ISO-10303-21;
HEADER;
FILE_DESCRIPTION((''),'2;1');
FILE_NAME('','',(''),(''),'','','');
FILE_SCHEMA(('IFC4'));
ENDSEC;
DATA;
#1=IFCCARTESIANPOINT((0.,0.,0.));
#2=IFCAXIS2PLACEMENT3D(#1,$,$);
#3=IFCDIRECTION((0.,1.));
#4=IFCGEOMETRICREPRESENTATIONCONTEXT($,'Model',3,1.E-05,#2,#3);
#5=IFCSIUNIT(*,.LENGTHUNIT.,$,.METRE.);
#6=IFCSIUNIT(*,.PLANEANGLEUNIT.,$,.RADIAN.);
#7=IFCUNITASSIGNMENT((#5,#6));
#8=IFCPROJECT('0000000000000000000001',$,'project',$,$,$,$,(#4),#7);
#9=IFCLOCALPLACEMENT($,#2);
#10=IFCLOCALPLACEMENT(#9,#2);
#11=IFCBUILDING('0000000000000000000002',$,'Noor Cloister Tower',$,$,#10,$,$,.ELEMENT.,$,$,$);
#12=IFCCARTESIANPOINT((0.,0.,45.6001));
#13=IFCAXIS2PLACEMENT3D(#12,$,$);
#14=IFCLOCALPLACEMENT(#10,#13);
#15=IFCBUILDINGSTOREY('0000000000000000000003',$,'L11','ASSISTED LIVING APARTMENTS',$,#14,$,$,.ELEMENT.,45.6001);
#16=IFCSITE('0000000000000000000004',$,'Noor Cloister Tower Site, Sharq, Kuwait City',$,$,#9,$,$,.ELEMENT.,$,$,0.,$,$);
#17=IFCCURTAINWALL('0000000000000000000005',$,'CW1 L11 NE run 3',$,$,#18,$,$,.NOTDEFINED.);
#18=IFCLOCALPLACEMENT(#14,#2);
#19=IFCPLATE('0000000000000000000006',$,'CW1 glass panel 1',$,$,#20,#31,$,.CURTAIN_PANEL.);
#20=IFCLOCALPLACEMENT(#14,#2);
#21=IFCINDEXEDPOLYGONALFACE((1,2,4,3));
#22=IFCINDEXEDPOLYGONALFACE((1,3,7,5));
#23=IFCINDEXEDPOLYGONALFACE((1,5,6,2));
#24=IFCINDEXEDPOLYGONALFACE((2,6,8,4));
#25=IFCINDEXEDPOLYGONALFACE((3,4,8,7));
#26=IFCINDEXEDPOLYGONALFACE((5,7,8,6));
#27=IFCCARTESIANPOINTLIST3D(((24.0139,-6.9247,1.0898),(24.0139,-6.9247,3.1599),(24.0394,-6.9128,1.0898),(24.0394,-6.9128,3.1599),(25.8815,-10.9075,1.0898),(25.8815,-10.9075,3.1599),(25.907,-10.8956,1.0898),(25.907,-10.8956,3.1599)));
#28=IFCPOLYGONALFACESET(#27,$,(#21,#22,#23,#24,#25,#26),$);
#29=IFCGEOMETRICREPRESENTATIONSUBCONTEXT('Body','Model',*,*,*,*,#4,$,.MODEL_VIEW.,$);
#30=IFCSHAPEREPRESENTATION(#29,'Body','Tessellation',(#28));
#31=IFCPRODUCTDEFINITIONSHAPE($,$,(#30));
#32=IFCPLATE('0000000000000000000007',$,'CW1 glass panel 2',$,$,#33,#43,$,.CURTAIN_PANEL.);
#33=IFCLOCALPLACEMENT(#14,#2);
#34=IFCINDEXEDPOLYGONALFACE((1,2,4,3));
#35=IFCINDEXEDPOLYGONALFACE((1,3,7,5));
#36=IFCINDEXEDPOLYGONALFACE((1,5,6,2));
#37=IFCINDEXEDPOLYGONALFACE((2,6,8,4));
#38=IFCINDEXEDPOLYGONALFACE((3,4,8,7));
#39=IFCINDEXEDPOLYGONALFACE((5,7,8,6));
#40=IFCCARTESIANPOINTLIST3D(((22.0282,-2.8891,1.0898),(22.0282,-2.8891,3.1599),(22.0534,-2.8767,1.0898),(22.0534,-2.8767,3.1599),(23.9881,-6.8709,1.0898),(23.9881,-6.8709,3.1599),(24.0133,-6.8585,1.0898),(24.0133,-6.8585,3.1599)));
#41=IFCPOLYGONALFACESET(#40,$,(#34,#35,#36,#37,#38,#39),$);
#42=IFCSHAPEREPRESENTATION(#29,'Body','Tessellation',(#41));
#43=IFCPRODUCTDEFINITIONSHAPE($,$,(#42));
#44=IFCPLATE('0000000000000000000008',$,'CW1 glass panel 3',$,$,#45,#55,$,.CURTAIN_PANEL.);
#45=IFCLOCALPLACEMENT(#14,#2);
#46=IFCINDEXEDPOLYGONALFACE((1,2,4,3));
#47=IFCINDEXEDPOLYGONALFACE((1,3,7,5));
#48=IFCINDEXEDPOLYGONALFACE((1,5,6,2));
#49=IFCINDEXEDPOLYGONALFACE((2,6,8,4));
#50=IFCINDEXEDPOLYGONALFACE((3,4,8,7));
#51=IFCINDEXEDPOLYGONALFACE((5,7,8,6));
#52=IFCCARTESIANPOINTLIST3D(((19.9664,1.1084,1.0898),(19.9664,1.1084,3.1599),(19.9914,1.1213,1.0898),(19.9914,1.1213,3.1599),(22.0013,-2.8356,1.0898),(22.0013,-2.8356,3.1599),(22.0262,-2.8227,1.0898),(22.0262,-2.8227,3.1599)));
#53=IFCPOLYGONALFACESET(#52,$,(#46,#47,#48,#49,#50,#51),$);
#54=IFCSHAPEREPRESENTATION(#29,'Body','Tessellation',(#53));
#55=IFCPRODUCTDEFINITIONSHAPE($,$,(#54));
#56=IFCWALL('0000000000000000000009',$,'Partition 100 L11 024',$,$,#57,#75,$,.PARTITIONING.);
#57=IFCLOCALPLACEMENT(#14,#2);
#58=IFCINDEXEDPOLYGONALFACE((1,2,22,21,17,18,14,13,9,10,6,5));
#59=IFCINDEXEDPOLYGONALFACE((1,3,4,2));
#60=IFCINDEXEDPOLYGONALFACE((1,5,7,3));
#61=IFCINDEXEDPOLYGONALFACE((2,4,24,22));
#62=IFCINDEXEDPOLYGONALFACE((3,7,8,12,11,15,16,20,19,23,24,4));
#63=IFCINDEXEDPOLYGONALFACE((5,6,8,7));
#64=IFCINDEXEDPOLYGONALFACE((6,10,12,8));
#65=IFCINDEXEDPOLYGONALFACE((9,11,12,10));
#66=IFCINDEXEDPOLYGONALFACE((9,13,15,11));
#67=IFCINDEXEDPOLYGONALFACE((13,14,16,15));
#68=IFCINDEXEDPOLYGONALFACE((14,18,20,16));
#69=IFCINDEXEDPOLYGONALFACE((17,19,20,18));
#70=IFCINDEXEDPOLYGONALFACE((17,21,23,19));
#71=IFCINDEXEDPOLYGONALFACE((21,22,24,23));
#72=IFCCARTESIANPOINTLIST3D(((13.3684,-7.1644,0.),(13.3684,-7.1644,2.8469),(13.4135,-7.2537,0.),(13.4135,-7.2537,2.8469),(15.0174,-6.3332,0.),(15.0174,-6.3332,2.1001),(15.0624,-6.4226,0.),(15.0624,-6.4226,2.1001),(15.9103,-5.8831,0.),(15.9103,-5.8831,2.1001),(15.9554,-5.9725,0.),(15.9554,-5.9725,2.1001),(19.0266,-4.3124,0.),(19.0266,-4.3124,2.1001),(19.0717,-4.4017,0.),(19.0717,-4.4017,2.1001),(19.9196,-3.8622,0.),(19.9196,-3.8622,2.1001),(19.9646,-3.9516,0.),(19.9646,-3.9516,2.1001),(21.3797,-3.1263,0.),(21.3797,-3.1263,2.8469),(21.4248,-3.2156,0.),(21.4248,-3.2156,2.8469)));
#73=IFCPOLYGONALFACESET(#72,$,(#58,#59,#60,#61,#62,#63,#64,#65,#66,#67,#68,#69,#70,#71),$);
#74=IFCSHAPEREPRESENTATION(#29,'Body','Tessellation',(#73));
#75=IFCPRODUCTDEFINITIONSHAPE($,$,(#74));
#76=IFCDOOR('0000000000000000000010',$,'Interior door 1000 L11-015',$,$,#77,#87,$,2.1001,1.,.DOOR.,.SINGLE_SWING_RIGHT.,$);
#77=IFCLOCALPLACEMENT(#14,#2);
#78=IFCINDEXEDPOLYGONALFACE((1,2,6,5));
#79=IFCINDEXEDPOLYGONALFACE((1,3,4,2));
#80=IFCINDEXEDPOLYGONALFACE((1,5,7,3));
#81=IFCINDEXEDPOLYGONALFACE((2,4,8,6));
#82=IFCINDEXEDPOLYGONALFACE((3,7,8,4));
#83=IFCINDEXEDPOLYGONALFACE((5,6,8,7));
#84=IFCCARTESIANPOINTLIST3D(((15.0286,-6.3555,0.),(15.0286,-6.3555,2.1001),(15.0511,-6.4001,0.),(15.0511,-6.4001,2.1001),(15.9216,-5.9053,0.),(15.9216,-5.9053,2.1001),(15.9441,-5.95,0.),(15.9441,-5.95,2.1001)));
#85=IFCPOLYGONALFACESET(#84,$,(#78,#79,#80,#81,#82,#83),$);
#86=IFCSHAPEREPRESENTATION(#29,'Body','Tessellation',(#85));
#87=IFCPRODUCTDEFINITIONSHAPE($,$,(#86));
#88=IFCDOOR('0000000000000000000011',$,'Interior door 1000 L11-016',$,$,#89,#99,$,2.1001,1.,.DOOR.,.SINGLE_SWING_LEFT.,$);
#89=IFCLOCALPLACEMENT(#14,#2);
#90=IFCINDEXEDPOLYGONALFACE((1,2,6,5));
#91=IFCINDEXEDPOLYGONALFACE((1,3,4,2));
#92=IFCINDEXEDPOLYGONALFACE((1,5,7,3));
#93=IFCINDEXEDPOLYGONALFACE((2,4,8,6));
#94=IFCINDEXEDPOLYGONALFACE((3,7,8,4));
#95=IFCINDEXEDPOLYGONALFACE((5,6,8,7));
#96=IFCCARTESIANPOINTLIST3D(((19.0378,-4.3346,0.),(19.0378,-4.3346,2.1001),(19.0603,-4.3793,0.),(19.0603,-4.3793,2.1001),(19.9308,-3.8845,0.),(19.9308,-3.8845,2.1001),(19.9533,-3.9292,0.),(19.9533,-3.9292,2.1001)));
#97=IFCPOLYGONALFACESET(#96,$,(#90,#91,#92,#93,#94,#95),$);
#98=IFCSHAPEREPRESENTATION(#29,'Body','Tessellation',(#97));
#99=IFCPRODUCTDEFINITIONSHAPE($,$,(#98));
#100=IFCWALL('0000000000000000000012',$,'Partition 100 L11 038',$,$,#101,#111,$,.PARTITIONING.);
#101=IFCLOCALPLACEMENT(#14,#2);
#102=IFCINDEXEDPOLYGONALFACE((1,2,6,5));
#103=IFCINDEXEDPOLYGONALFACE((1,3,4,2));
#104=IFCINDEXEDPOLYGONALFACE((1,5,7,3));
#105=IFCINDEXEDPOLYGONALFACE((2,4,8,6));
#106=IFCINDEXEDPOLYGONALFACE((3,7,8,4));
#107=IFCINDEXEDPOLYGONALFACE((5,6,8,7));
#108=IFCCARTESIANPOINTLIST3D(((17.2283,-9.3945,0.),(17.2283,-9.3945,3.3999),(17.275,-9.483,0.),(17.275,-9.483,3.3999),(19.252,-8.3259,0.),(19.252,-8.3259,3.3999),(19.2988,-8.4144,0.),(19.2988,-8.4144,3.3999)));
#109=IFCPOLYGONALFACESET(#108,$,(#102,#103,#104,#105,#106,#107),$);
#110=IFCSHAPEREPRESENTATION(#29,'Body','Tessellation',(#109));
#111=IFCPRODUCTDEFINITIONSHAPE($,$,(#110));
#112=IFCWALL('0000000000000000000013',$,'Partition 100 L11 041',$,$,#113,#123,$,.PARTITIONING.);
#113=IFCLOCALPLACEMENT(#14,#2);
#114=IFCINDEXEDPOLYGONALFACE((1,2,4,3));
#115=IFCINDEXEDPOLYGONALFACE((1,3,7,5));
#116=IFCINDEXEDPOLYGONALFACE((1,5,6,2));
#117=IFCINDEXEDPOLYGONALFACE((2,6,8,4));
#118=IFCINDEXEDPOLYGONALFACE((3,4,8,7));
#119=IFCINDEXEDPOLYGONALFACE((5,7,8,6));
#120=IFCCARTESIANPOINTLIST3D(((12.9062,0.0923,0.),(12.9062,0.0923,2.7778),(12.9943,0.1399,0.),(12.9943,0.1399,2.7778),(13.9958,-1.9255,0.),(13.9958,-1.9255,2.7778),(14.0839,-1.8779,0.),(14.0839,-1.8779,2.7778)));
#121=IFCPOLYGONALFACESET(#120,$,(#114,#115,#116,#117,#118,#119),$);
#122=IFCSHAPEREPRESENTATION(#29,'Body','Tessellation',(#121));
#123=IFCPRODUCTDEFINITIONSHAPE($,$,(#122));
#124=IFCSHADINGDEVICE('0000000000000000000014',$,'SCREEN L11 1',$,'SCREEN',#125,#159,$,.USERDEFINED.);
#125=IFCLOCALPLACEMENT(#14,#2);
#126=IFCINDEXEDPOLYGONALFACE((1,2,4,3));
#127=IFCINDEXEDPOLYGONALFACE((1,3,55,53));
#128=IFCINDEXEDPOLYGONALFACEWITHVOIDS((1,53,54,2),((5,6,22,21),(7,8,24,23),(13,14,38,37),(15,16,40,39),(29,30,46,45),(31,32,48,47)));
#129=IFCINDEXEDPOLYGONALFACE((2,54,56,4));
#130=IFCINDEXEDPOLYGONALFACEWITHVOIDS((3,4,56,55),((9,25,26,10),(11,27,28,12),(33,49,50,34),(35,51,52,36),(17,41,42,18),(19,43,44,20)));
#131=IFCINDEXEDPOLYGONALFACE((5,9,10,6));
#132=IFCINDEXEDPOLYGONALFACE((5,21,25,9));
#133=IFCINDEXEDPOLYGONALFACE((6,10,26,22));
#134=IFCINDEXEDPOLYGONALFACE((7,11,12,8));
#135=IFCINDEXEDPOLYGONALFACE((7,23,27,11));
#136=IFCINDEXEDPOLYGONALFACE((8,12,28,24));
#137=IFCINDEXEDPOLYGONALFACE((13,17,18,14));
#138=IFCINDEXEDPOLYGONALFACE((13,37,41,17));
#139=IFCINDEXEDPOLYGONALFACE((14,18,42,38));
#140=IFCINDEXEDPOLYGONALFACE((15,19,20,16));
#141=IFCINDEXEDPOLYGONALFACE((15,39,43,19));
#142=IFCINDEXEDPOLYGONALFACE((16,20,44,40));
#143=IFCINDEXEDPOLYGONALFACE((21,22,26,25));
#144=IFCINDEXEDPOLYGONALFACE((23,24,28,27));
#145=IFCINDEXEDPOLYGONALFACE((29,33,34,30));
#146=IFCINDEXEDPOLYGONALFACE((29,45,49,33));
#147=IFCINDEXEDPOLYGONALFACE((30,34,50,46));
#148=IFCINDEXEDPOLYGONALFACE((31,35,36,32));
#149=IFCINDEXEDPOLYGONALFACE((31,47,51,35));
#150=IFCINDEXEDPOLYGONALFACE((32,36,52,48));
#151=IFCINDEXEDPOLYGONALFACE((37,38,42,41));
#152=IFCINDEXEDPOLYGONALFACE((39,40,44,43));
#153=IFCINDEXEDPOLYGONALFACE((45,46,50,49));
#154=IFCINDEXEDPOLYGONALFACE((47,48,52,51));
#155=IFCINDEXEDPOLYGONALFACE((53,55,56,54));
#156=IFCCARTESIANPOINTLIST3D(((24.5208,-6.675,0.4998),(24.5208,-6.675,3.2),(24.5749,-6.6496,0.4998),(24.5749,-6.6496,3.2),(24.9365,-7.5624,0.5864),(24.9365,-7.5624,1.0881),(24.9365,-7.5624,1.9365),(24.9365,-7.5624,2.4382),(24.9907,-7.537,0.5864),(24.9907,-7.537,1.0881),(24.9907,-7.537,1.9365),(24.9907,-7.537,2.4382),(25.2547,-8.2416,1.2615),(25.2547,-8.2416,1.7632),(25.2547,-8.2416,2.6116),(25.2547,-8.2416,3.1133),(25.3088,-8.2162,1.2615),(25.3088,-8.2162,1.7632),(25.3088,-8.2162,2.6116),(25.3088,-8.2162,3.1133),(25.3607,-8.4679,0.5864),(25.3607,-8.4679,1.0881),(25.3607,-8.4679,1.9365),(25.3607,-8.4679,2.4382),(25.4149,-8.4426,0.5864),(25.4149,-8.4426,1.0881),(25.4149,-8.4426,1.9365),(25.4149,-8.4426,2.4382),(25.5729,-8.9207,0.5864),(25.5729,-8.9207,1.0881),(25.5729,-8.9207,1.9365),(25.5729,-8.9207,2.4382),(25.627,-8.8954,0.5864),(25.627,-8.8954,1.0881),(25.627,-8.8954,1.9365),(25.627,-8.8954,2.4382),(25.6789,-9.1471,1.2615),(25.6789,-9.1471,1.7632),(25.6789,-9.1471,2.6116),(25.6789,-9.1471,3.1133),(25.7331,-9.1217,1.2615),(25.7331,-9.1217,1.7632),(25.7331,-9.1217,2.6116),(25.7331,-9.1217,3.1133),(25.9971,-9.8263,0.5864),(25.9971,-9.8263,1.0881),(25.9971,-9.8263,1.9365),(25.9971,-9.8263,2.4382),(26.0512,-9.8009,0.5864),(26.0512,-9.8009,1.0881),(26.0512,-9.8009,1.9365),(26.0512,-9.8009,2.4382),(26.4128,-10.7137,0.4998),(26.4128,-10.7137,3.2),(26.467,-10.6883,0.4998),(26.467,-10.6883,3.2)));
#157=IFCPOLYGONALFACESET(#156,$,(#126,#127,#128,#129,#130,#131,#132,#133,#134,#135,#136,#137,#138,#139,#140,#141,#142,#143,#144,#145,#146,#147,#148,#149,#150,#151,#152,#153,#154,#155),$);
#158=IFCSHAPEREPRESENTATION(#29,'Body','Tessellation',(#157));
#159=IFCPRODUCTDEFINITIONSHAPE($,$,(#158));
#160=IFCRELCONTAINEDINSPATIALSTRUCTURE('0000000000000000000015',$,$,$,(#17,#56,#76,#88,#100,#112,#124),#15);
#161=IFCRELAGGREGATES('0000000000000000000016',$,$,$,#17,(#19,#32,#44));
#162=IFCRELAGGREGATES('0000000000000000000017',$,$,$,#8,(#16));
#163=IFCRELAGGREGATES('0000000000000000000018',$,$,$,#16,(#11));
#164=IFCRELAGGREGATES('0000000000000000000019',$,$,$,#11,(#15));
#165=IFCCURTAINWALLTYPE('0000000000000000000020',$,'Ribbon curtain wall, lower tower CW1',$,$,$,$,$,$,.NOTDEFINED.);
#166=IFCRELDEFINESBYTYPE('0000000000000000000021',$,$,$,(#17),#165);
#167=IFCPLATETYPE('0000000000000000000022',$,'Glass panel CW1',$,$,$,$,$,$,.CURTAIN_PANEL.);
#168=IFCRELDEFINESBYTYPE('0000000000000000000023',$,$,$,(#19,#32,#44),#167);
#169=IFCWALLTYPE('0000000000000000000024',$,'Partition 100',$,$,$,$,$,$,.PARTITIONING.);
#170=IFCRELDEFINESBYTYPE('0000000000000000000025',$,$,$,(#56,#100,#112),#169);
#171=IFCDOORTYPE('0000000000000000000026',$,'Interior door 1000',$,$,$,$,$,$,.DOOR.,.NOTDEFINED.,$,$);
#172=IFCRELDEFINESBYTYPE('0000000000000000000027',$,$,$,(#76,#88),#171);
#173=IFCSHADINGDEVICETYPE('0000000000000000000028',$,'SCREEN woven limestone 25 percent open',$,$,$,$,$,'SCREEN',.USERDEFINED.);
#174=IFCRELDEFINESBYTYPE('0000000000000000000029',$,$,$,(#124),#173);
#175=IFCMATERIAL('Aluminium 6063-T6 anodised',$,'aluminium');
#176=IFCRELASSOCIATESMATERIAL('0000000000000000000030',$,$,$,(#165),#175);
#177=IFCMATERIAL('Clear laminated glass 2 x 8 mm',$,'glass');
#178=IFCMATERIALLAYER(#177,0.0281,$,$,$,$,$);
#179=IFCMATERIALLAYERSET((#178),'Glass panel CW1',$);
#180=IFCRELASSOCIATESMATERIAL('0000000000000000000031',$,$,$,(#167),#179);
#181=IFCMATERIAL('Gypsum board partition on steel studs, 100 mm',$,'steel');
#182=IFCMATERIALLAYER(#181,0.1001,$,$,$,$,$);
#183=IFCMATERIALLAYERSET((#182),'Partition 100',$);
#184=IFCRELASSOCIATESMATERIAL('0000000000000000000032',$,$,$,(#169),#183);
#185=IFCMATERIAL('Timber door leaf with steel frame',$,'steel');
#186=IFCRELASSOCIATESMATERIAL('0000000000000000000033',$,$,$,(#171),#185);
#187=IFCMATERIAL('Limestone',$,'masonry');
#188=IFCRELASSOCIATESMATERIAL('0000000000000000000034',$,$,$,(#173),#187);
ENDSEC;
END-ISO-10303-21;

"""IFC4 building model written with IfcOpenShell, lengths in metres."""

from ifc_helpers import new_model, si_unit, direction, frame, frame_2d, origin, origin_2d, place, context, subcontext, project, spatial, polyline, rectangle, outline, extrude, material, layer, layer_set, material_profile, profile_set, type_object, element, fill, aggregate, save


model = new_model("IFC4")

# Units and contexts
model_context = context("Model", 3, precision=1e-05, world=origin(), true_north=direction((0.0, 1.0)))
body_context = subcontext(model_context, "Body", "Model", "MODEL_VIEW")
ifc_project = project(units=[si_unit("LENGTHUNIT", "METRE"), si_unit("PLANEANGLEUNIT", "RADIAN")], contexts=[model_context])

# Site, building, storey
site_placement = place(None, origin())
site = spatial("IfcSite", under=ifc_project, at=site_placement, Name="Noor Cloister Tower Site, Sharq, Kuwait City", CompositionType="ELEMENT", RefElevation=0.0)
building_placement = place(site_placement, origin())
building = spatial("IfcBuilding", under=site, at=building_placement, Name="Noor Cloister Tower", CompositionType="ELEMENT")
storey_placement = place(building_placement, frame((0.0, 0.0, 45.6001)))
storey = spatial("IfcBuildingStorey", under=building, at=storey_placement, Name="L11", Description="ASSISTED LIVING APARTMENTS", CompositionType="ELEMENT", Elevation=45.6001)

# Curtain wall
ifc_material_1 = material(Name="Aluminium 6063-T6 anodised", Category="aluminium")
curtain_wall_type = type_object("IfcCurtainWallType", Name="Ribbon curtain wall, lower tower CW1", PredefinedType="NOTDEFINED", material=ifc_material_1)
curtain_wall_placement = place(storey_placement, origin())
curtain_wall = element("IfcCurtainWall", 1, at=curtain_wall_placement, inside=storey, type_object=curtain_wall_type, Name="CW1 L11 NE run 3", PredefinedType="NOTDEFINED")

# Plates
ifc_material_2 = material(Name="Clear laminated glass 2 x 8 mm", Category="glass")
ifc_layer_1 = layer(ifc_material_2, 0.0281)
ifc_layer_set_1 = layer_set([ifc_layer_1], Name="Glass panel CW1")
plate_type = type_object("IfcPlateType", Name="Glass panel CW1", PredefinedType="CURTAIN_PANEL", material=ifc_layer_set_1)
plate_1_placement = place(storey_placement, frame((24.9604, -8.9102, 1.0898), z_axis=(0.0, 0.0, 1.0), x_axis=(-0.424561, 0.905399, 0.0)))
plate_1 = element("IfcPlate", 2, at=plate_1_placement, type_object=plate_type, Name="CW1 glass panel 1", PredefinedType="CURTAIN_PANEL", context=body_context, shape_type="SweptSolid", body=[
    extrude(rectangle(XDim=4.3989, YDim=0.0281, at=origin_2d()), origin(), (0.0, 0.0, 1.0), 2.0701),
])
plate_2_placement = place(storey_placement, frame((23.0208, -4.8738, 1.0898), z_axis=(0.0, 0.0, 1.0), x_axis=(-0.441611, 0.897207, 0.0)))
plate_2 = element("IfcPlate", 3, at=plate_2_placement, type_object=plate_type, Name="CW1 glass panel 2", PredefinedType="CURTAIN_PANEL", context=body_context, shape_type="SweptSolid", body=[
    extrude(rectangle(XDim=4.438, YDim=0.0281, at=origin_2d()), origin(), (0.0, 0.0, 1.0), 2.0701),
])
plate_3_placement = place(storey_placement, frame((20.9963, -0.8572, 1.0898), z_axis=(0.0, 0.0, 1.0), x_axis=(-0.458502, 0.888693, 0.0)))
plate_3 = element("IfcPlate", 4, at=plate_3_placement, type_object=plate_type, Name="CW1 glass panel 3", PredefinedType="CURTAIN_PANEL", context=body_context, shape_type="SweptSolid", body=[
    extrude(rectangle(XDim=4.438, YDim=0.0281, at=origin_2d()), origin(), (0.0, 0.0, 1.0), 2.0701),
])
aggregate(curtain_wall, [plate_1, plate_2, plate_3])

# Wall, openings, doors
ifc_material_3 = material(Name="Gypsum board partition on steel studs, 100 mm", Category="steel")
ifc_layer_2 = layer(ifc_material_3, 0.1001)
ifc_layer_set_2 = layer_set([ifc_layer_2], Name="Partition 100")
wall_type = type_object("IfcWallType", Name="Partition 100", PredefinedType="PARTITIONING", material=ifc_layer_set_2)
wall_1_placement = place(storey_placement, frame((21.4023, -3.1709, 0.0), z_axis=(0.0, 0.0, 1.0), x_axis=(-0.892975, -0.450107, 0.0)))
wall_1 = element("IfcWall", 5, at=wall_1_placement, inside=storey, type_object=wall_type, Name="Partition 100 L11 024", PredefinedType="PARTITIONING", context=body_context, shape_type="SweptSolid", body=[
    extrude(rectangle(XDim=8.9714, YDim=0.1001, at=frame_2d((4.4858, 0.0))), origin(), (0.0, 0.0, 1.0), 2.8469),
])
opening_1_placement = place(wall_1_placement, frame((6.125, 0.0, 0.0)))
opening_1 = element("IfcOpeningElement", 6, at=opening_1_placement, cuts=wall_1, PredefinedType="OPENING", context=body_context, shape_type="SweptSolid", body=[
    extrude(rectangle(XDim=1.0, YDim=2.1001, at=frame_2d((0.5, 1.05))), frame((0.0, 0.0601, 0.0), z_axis=(0.0, -1.0, 0.0), x_axis=(1.0, 0.0, 0.0)), (0.0, 0.0, 1.0), 0.1201),
])
opening_2_placement = place(wall_1_placement, frame((1.6353, 0.0, 0.0)))
opening_2 = element("IfcOpeningElement", 7, at=opening_2_placement, cuts=wall_1, PredefinedType="OPENING", context=body_context, shape_type="SweptSolid", body=[
    extrude(rectangle(XDim=1.0, YDim=2.1001, at=frame_2d((0.5, 1.05))), frame((0.0, 0.0601, 0.0), z_axis=(0.0, -1.0, 0.0), x_axis=(1.0, 0.0, 0.0)), (0.0, 0.0, 1.0), 0.1201),
])
ifc_material_4 = material(Name="Timber door leaf with steel frame", Category="steel")
door_type = type_object("IfcDoorType", Name="Interior door 1000", OperationType="NOTDEFINED", PredefinedType="DOOR", material=ifc_material_4)
door_1_placement = place(opening_1_placement, origin())
door_1 = element("IfcDoor", 8, at=door_1_placement, inside=storey, type_object=door_type, Name="Interior door 1000 L11-015", OperationType="SINGLE_SWING_RIGHT", OverallHeight=2.1001, OverallWidth=1.0, PredefinedType="DOOR", context=body_context, shape_type="SweptSolid", body=[
    extrude(rectangle(XDim=1.0, YDim=2.1001, at=frame_2d((0.5, 1.05))), frame((0.0, 0.0249, 0.0), z_axis=(0.0, -1.0, 0.0), x_axis=(1.0, 0.0, 0.0)), (0.0, 0.0, 1.0), 0.05),
])
fill(opening_1, door_1)
door_2_placement = place(opening_2_placement, origin())
door_2 = element("IfcDoor", 9, at=door_2_placement, inside=storey, type_object=door_type, Name="Interior door 1000 L11-016", OperationType="SINGLE_SWING_LEFT", OverallHeight=2.1001, OverallWidth=1.0, PredefinedType="DOOR", context=body_context, shape_type="SweptSolid", body=[
    extrude(rectangle(XDim=1.0, YDim=2.1001, at=frame_2d((0.5, 1.05))), frame((0.0, 0.0249, 0.0), z_axis=(0.0, -1.0, 0.0), x_axis=(1.0, 0.0, 0.0)), (0.0, 0.0, 1.0), 0.05),
])
fill(opening_2, door_2)

# Walls
wall_2_placement = place(storey_placement, frame((19.2754, -8.3701, 0.0), z_axis=(0.0, 0.0, 1.0), x_axis=(-0.884286, -0.466946, 0.0)))
element("IfcWall", 10, at=wall_2_placement, inside=storey, type_object=wall_type, Name="Partition 100 L11 038", PredefinedType="PARTITIONING", context=body_context, shape_type="SweptSolid", body=[
    extrude(rectangle(XDim=2.2886, YDim=0.1001, at=frame_2d((1.1443, 0.0))), origin(), (0.0, 0.0, 1.0), 3.3999),
])
wall_3_placement = place(storey_placement, frame((14.0398, -1.9016, 0.0), z_axis=(0.0, 0.0, 1.0), x_axis=(-0.475141, 0.87991, 0.0)))
element("IfcWall", 11, at=wall_3_placement, inside=storey, type_object=wall_type, Name="Partition 100 L11 041", PredefinedType="PARTITIONING", context=body_context, shape_type="SweptSolid", body=[
    extrude(rectangle(XDim=2.2932, YDim=0.1001, at=frame_2d((1.1465, 0.0))), origin(), (0.0, 0.0, 1.0), 2.7778),
])

# Shading device
ifc_material_5 = material(Name="Limestone", Category="masonry")
ifc_material_profile_1 = material_profile(ifc_material_5, outline(polyline([(-2.23, -1.3501), (2.23, -1.3501), (2.23, 1.3501), (-2.23, 1.3501), (-2.23, -1.3501)]), holes=[polyline([(-1.25, -1.2634), (-0.25, -1.2634), (-0.25, -0.7617), (-1.25, -0.7617), (-1.25, -1.2634)]), polyline([(0.25, -1.2634), (1.25, -1.2634), (1.25, -0.7617), (0.25, -0.7617), (0.25, -1.2634)]), polyline([(-0.5, -0.5884), (0.5, -0.5884), (0.5, -0.0867), (-0.5, -0.0867), (-0.5, -0.5884)]), polyline([(-1.25, 0.0867), (-0.25, 0.0867), (-0.25, 0.5884), (-1.25, 0.5884), (-1.25, 0.0867)]), polyline([(0.25, 0.0867), (1.25, 0.0867), (1.25, 0.5884), (0.25, 0.5884), (0.25, 0.0867)]), polyline([(-0.5, 0.7617), (0.5, 0.7617), (0.5, 1.2634), (-0.5, 1.2634), (-0.5, 0.7617)])]), Name="Woven screen 25 percent open")
ifc_profile_set_1 = profile_set([ifc_material_profile_1], Name="Limestone")
shading_device_type = type_object("IfcShadingDeviceType", Name="SCREEN woven limestone 25 percent open", ElementType="SCREEN", PredefinedType="USERDEFINED", material=ifc_profile_set_1)
for number, where, z_axis, x_axis, name in (
    (12, (25.4668, -8.6943, 1.8499), (0.905557, 0.424225, 0.0), (-0.424225, 0.905557, 0.0), "SCREEN L11 1"),
):
    element("IfcShadingDevice", number, at=place(storey_placement, frame(where, z_axis=z_axis, x_axis=x_axis)), inside=storey, type_object=shading_device_type, Name=name, ObjectType="SCREEN", PredefinedType="USERDEFINED", context=body_context, shape_type="SweptSolid", body=[
        extrude(outline(polyline([(-2.23, -1.3501), (2.23, -1.3501), (2.23, 1.3501), (-2.23, 1.3501), (-2.23, -1.3501)]), holes=[polyline([(-1.25, -1.2634), (-0.25, -1.2634), (-0.25, -0.7617), (-1.25, -0.7617), (-1.25, -1.2634)]), polyline([(0.25, -1.2634), (1.25, -1.2634), (1.25, -0.7617), (0.25, -0.7617), (0.25, -1.2634)]), polyline([(-0.5, -0.5884), (0.5, -0.5884), (0.5, -0.0867), (-0.5, -0.0867), (-0.5, -0.5884)]), polyline([(-1.25, 0.0867), (-0.25, 0.0867), (-0.25, 0.5884), (-1.25, 0.5884), (-1.25, 0.0867)]), polyline([(0.25, 0.0867), (1.25, 0.0867), (1.25, 0.5884), (0.25, 0.5884), (0.25, 0.0867)]), polyline([(-0.5, 0.7617), (0.5, 0.7617), (0.5, 1.2634), (-0.5, 1.2634), (-0.5, 0.7617)])]), origin(), (0.0, 0.0, 1.0), 0.0598),
    ])

save(model, "model.ifc")
